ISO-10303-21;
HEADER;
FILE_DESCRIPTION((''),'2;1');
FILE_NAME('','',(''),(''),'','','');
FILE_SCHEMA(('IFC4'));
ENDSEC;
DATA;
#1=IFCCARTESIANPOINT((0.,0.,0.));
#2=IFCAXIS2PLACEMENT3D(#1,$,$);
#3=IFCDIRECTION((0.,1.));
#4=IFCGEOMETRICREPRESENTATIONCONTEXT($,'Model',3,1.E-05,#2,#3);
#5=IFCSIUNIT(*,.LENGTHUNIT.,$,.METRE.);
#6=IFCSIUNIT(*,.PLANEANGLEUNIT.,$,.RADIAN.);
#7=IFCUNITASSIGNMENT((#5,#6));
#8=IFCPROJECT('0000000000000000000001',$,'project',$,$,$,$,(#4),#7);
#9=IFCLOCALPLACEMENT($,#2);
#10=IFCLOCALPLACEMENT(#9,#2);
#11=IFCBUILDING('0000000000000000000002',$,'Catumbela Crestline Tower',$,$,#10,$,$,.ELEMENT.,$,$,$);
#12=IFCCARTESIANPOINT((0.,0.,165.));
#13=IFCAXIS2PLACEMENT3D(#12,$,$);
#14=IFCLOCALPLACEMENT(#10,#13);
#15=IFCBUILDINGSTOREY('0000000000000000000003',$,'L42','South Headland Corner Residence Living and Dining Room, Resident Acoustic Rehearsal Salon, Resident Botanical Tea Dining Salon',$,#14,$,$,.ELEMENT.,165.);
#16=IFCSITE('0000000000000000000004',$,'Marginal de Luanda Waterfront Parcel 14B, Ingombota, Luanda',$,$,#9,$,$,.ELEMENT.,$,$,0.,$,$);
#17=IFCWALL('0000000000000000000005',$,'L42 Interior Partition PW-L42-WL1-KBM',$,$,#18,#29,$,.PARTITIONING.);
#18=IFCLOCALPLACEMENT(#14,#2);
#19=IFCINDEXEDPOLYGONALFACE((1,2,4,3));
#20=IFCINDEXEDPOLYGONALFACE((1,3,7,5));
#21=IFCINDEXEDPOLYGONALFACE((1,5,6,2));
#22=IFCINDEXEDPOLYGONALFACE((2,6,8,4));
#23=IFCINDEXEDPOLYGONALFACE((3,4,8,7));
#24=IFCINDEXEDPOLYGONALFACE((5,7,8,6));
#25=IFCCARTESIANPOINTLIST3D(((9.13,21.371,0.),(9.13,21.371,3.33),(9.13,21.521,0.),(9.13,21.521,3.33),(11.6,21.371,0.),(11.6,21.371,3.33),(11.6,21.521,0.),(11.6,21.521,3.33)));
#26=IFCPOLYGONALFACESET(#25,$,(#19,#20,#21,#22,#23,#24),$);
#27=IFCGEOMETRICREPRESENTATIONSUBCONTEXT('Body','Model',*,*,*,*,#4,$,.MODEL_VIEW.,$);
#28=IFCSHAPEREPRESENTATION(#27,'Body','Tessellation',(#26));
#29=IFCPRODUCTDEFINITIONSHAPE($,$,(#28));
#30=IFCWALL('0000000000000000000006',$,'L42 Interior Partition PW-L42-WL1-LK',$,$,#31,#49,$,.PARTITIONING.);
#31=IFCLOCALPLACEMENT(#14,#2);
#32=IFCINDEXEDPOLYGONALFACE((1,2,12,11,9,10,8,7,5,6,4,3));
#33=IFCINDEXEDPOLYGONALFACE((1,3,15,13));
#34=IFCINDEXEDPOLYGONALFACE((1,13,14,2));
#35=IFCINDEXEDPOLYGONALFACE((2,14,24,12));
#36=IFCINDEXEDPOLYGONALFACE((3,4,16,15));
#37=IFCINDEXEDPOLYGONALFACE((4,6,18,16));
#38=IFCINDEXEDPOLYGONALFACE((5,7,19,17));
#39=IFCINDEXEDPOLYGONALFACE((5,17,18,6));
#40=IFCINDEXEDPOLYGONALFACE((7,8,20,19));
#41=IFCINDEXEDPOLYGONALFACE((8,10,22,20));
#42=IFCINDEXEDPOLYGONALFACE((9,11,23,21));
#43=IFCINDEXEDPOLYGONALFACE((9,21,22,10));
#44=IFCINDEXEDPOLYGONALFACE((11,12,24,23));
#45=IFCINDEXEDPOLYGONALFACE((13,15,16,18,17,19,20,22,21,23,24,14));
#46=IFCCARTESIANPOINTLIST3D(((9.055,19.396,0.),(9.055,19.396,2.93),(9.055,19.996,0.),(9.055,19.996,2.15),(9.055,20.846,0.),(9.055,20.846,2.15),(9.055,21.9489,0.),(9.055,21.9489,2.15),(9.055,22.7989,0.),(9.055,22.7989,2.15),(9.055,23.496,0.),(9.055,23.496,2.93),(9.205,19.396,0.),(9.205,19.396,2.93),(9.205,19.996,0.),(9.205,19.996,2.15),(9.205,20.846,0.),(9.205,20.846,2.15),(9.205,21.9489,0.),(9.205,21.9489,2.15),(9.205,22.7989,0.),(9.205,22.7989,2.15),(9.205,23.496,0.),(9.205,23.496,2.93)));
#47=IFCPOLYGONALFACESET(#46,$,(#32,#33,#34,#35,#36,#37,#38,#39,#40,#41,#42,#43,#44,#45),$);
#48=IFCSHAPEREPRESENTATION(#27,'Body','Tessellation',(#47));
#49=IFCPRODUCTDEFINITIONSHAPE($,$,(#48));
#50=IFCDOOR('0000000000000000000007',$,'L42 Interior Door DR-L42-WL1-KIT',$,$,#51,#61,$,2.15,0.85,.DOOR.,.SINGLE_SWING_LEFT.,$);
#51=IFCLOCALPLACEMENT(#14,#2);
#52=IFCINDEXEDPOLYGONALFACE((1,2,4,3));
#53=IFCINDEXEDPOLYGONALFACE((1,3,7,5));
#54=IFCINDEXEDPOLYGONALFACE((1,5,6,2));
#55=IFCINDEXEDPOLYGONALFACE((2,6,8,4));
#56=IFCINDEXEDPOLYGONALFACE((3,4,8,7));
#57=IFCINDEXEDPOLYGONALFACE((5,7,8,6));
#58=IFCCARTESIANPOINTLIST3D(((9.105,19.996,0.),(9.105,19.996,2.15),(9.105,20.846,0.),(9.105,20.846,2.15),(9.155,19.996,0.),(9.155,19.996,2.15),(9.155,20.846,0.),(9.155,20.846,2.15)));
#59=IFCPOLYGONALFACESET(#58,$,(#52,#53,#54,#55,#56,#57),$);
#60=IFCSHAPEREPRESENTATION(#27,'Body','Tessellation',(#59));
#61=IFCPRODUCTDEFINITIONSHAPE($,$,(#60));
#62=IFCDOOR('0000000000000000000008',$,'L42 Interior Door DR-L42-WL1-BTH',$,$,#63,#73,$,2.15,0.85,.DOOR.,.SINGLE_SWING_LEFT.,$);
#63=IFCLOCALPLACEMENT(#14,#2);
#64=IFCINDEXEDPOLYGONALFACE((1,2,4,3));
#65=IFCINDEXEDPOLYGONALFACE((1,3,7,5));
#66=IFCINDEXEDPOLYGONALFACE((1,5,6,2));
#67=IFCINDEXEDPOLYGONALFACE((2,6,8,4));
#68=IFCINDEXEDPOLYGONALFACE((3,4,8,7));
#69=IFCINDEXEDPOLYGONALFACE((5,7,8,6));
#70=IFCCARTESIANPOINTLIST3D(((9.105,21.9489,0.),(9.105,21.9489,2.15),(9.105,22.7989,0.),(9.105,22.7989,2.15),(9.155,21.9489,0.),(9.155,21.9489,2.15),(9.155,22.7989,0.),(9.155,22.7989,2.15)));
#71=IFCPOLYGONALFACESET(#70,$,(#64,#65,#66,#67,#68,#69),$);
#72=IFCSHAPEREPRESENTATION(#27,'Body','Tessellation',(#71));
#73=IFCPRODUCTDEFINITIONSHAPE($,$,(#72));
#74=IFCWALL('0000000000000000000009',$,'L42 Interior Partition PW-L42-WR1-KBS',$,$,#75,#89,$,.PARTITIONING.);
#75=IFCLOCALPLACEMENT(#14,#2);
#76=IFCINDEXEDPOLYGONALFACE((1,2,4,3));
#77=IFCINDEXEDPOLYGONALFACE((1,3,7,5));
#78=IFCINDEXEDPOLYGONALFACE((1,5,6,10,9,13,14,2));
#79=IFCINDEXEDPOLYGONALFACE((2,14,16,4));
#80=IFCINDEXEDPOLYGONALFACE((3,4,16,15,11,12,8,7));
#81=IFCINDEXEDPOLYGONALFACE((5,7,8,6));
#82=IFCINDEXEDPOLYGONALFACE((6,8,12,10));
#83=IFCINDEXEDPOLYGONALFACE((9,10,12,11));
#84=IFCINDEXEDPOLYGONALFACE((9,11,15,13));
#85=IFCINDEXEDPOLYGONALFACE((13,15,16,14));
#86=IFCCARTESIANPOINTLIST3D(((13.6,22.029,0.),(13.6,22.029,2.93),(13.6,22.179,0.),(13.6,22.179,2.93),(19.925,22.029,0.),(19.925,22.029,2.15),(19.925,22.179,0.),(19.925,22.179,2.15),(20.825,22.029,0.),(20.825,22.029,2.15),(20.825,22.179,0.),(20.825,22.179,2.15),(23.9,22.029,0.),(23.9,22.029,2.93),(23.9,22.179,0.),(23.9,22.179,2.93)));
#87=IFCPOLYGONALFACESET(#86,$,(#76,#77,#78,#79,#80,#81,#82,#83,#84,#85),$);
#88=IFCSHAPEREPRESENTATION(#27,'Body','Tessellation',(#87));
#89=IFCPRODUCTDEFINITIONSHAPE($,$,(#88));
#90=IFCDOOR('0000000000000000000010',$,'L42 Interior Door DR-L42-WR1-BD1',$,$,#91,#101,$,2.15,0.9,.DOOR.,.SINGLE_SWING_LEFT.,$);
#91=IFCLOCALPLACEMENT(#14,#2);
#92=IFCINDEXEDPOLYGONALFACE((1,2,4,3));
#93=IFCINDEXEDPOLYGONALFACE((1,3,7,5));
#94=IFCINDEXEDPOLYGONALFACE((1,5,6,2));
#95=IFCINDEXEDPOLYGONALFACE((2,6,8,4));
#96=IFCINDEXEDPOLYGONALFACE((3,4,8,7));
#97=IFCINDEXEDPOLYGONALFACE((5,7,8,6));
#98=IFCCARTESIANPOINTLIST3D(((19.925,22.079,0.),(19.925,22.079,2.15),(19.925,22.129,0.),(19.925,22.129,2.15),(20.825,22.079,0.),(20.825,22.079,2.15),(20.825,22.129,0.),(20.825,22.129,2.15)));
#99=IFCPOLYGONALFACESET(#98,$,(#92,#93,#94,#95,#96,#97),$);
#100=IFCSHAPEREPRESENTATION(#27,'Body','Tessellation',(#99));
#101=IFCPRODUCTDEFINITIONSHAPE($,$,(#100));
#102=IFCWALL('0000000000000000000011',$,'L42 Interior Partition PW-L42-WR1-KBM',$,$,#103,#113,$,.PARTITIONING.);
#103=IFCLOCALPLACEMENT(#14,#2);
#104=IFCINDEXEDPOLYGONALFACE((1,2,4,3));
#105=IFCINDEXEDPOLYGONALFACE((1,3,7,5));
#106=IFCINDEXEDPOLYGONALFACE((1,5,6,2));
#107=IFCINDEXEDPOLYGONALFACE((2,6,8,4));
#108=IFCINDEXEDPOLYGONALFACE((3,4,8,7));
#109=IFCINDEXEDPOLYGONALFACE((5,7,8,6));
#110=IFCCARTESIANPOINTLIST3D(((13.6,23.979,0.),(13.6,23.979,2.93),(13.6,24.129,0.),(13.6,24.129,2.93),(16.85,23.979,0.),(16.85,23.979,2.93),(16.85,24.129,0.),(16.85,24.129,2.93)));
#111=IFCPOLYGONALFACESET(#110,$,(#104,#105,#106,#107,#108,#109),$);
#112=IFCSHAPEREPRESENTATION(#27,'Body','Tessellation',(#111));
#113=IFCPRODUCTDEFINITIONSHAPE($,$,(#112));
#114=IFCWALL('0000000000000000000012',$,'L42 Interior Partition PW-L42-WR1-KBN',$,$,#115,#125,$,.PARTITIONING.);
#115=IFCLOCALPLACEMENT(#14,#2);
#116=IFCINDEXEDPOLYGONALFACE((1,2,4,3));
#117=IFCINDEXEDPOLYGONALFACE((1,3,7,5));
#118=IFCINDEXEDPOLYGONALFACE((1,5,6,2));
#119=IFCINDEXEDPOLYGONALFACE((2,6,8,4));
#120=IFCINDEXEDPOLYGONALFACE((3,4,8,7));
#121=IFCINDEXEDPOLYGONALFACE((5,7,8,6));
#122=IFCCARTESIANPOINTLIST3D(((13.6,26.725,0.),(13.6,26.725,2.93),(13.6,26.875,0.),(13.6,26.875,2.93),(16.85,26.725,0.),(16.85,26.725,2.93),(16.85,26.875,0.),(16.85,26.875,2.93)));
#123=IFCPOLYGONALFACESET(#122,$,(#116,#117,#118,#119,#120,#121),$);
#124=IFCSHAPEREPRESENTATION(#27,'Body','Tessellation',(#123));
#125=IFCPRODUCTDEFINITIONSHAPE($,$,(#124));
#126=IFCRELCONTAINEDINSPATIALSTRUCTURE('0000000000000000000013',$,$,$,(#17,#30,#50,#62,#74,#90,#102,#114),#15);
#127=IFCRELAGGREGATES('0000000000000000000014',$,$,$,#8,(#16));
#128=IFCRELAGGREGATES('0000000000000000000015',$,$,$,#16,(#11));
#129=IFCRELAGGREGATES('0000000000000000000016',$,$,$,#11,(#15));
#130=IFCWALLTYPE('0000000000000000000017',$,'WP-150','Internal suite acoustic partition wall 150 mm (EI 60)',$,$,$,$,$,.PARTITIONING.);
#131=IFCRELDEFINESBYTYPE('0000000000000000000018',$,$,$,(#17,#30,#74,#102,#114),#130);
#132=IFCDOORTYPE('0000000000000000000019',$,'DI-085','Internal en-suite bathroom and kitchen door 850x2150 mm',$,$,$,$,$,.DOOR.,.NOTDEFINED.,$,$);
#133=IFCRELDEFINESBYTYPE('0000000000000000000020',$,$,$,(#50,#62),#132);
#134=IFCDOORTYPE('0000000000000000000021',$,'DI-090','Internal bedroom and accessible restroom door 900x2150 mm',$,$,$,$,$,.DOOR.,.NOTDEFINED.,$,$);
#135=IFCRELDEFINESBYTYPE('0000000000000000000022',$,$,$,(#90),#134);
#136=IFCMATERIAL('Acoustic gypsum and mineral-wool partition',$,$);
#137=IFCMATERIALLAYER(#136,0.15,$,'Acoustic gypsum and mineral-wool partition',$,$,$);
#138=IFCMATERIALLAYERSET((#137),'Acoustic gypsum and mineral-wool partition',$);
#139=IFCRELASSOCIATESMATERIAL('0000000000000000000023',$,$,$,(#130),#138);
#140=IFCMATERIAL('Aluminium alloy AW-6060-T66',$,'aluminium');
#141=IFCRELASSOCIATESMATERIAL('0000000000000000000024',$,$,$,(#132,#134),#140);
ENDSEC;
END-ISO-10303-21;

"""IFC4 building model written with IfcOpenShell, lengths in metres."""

from ifc_helpers import new_model, si_unit, direction, frame, frame_2d, origin, place, context, subcontext, project, spatial, rectangle, extrude, material, layer, layer_set, type_object, element, fill, save


model = new_model("IFC4")

# Units and contexts
model_context = context("Model", 3, precision=1e-05, world=origin(), true_north=direction((0.0, 1.0)))
body_context = subcontext(model_context, "Body", "Model", "MODEL_VIEW")
ifc_project = project(units=[si_unit("LENGTHUNIT", "METRE"), si_unit("PLANEANGLEUNIT", "RADIAN")], contexts=[model_context])

# Site, building, storey
site_placement = place(None, origin())
site = spatial("IfcSite", under=ifc_project, at=site_placement, Name="Marginal de Luanda Waterfront Parcel 14B, Ingombota, Luanda", CompositionType="ELEMENT", RefElevation=0.0)
building_placement = place(site_placement, origin())
building = spatial("IfcBuilding", under=site, at=building_placement, Name="Catumbela Crestline Tower", CompositionType="ELEMENT")
storey_placement = place(building_placement, frame((0.0, 0.0, 165.0)))
storey = spatial("IfcBuildingStorey", under=building, at=storey_placement, Name="L42", Description="South Headland Corner Residence Living and Dining Room, Resident Acoustic Rehearsal Salon, Resident Botanical Tea Dining Salon", CompositionType="ELEMENT", Elevation=165.0)

# Shared definitions
ifc_material_1 = material(Name="Acoustic gypsum and mineral-wool partition")
ifc_material_2 = material(Name="Aluminium alloy AW-6060-T66", Category="aluminium")

# Wall
ifc_layer_1 = layer(ifc_material_1, 0.15, Name="Acoustic gypsum and mineral-wool partition")
ifc_layer_set_1 = layer_set([ifc_layer_1], Name="Acoustic gypsum and mineral-wool partition")
wall_type_1 = type_object("IfcWallType", Name="WP-150", Description="Internal suite acoustic partition wall 150 mm (EI 60)", PredefinedType="PARTITIONING", material=ifc_layer_set_1)
for number, where, z_axis, x_axis, name in (
    (1, (9.13, 21.446, 0.0), (0.0, 0.0, 1.0), (1.0, 0.0, 0.0), "L42 Interior Partition PW-L42-WL1-KBM"),
):
    element("IfcWall", number, at=place(storey_placement, frame(where, z_axis=z_axis, x_axis=x_axis)), inside=storey, type_object=wall_type_1, Name=name, PredefinedType="PARTITIONING", context=body_context, shape_type="SweptSolid", body=[
        extrude(rectangle(XDim=2.47, YDim=0.15, at=frame_2d((1.235, 0.0))), origin(), (0.0, 0.0, 1.0), 3.33),
    ])

# Wall, openings, doors
wall_1_placement = place(storey_placement, frame((9.13, 19.396, 0.0), z_axis=(0.0, 0.0, 1.0), x_axis=(0.0, 1.0, 0.0)))
wall_1 = element("IfcWall", 2, at=wall_1_placement, inside=storey, type_object=wall_type_1, Name="L42 Interior Partition PW-L42-WL1-LK", PredefinedType="PARTITIONING", context=body_context, shape_type="SweptSolid", body=[
    extrude(rectangle(XDim=4.1, YDim=0.15, at=frame_2d((2.05, 0.0))), origin(), (0.0, 0.0, 1.0), 2.93),
])
opening_1_placement = place(wall_1_placement, frame((0.6, 0.0, 0.0)))
opening_1 = element("IfcOpeningElement", 3, at=opening_1_placement, cuts=wall_1, PredefinedType="OPENING", context=body_context, shape_type="SweptSolid", body=[
    extrude(rectangle(XDim=0.85, YDim=2.15, at=frame_2d((0.425, 1.075))), frame((0.0, 0.085, 0.0), z_axis=(0.0, -1.0, 0.0), x_axis=(1.0, 0.0, 0.0)), (0.0, 0.0, 1.0), 0.17),
])
opening_2_placement = place(wall_1_placement, frame((2.5529, 0.0, 0.0)))
opening_2 = element("IfcOpeningElement", 4, at=opening_2_placement, cuts=wall_1, PredefinedType="OPENING", context=body_context, shape_type="SweptSolid", body=[
    extrude(rectangle(XDim=0.85, YDim=2.15, at=frame_2d((0.425, 1.075))), frame((0.0, 0.085, 0.0), z_axis=(0.0, -1.0, 0.0), x_axis=(1.0, 0.0, 0.0)), (0.0, 0.0, 1.0), 0.17),
])
door_type_1 = type_object("IfcDoorType", Name="DI-085", Description="Internal en-suite bathroom and kitchen door 850x2150 mm", OperationType="NOTDEFINED", PredefinedType="DOOR", material=ifc_material_2)
door_1_placement = place(opening_1_placement, origin())
door_1 = element("IfcDoor", 5, at=door_1_placement, inside=storey, type_object=door_type_1, Name="L42 Interior Door DR-L42-WL1-KIT", OperationType="SINGLE_SWING_LEFT", OverallHeight=2.15, OverallWidth=0.85, PredefinedType="DOOR", context=body_context, shape_type="SweptSolid", body=[
    extrude(rectangle(XDim=0.85, YDim=2.15, at=frame_2d((0.425, 1.075))), frame((0.0, 0.025, 0.0), z_axis=(0.0, -1.0, 0.0), x_axis=(1.0, 0.0, 0.0)), (0.0, 0.0, 1.0), 0.05),
])
fill(opening_1, door_1)
door_2_placement = place(opening_2_placement, origin())
door_2 = element("IfcDoor", 6, at=door_2_placement, inside=storey, type_object=door_type_1, Name="L42 Interior Door DR-L42-WL1-BTH", OperationType="SINGLE_SWING_LEFT", OverallHeight=2.15, OverallWidth=0.85, PredefinedType="DOOR", context=body_context, shape_type="SweptSolid", body=[
    extrude(rectangle(XDim=0.85, YDim=2.15, at=frame_2d((0.425, 1.075))), frame((0.0, 0.025, 0.0), z_axis=(0.0, -1.0, 0.0), x_axis=(1.0, 0.0, 0.0)), (0.0, 0.0, 1.0), 0.05),
])
fill(opening_2, door_2)

# Wall, opening, door
wall_2_placement = place(storey_placement, frame((13.6, 22.104, 0.0), z_axis=(0.0, 0.0, 1.0), x_axis=(1.0, 0.0, 0.0)))
wall_2 = element("IfcWall", 7, at=wall_2_placement, inside=storey, type_object=wall_type_1, Name="L42 Interior Partition PW-L42-WR1-KBS", PredefinedType="PARTITIONING", context=body_context, shape_type="SweptSolid", body=[
    extrude(rectangle(XDim=10.3, YDim=0.15, at=frame_2d((5.15, 0.0))), origin(), (0.0, 0.0, 1.0), 2.93),
])
opening_3_placement = place(wall_2_placement, frame((6.325, 0.0, 0.0)))
opening_3 = element("IfcOpeningElement", 8, at=opening_3_placement, cuts=wall_2, PredefinedType="OPENING", context=body_context, shape_type="SweptSolid", body=[
    extrude(rectangle(XDim=0.9, YDim=2.15, at=frame_2d((0.45, 1.075))), frame((0.0, 0.085, 0.0), z_axis=(0.0, -1.0, 0.0), x_axis=(1.0, 0.0, 0.0)), (0.0, 0.0, 1.0), 0.17),
])
door_type_2 = type_object("IfcDoorType", Name="DI-090", Description="Internal bedroom and accessible restroom door 900x2150 mm", OperationType="NOTDEFINED", PredefinedType="DOOR", material=ifc_material_2)
door_3_placement = place(opening_3_placement, origin())
door_3 = element("IfcDoor", 9, at=door_3_placement, inside=storey, type_object=door_type_2, Name="L42 Interior Door DR-L42-WR1-BD1", OperationType="SINGLE_SWING_LEFT", OverallHeight=2.15, OverallWidth=0.9, PredefinedType="DOOR", context=body_context, shape_type="SweptSolid", body=[
    extrude(rectangle(XDim=0.9, YDim=2.15, at=frame_2d((0.45, 1.075))), frame((0.0, 0.025, 0.0), z_axis=(0.0, -1.0, 0.0), x_axis=(1.0, 0.0, 0.0)), (0.0, 0.0, 1.0), 0.05),
])
fill(opening_3, door_3)

# Walls
for number, where, z_axis, x_axis, name in (
    (10, (13.6, 24.054, 0.0), (0.0, 0.0, 1.0), (1.0, 0.0, 0.0), "L42 Interior Partition PW-L42-WR1-KBM"),
    (11, (13.6, 26.8, 0.0), (0.0, 0.0, 1.0), (1.0, 0.0, 0.0), "L42 Interior Partition PW-L42-WR1-KBN"),
):
    element("IfcWall", number, at=place(storey_placement, frame(where, z_axis=z_axis, x_axis=x_axis)), inside=storey, type_object=wall_type_1, Name=name, PredefinedType="PARTITIONING", context=body_context, shape_type="SweptSolid", body=[
        extrude(rectangle(XDim=3.25, YDim=0.15, at=frame_2d((1.625, 0.0))), origin(), (0.0, 0.0, 1.0), 2.93),
    ])

save(model, "model.ifc")
